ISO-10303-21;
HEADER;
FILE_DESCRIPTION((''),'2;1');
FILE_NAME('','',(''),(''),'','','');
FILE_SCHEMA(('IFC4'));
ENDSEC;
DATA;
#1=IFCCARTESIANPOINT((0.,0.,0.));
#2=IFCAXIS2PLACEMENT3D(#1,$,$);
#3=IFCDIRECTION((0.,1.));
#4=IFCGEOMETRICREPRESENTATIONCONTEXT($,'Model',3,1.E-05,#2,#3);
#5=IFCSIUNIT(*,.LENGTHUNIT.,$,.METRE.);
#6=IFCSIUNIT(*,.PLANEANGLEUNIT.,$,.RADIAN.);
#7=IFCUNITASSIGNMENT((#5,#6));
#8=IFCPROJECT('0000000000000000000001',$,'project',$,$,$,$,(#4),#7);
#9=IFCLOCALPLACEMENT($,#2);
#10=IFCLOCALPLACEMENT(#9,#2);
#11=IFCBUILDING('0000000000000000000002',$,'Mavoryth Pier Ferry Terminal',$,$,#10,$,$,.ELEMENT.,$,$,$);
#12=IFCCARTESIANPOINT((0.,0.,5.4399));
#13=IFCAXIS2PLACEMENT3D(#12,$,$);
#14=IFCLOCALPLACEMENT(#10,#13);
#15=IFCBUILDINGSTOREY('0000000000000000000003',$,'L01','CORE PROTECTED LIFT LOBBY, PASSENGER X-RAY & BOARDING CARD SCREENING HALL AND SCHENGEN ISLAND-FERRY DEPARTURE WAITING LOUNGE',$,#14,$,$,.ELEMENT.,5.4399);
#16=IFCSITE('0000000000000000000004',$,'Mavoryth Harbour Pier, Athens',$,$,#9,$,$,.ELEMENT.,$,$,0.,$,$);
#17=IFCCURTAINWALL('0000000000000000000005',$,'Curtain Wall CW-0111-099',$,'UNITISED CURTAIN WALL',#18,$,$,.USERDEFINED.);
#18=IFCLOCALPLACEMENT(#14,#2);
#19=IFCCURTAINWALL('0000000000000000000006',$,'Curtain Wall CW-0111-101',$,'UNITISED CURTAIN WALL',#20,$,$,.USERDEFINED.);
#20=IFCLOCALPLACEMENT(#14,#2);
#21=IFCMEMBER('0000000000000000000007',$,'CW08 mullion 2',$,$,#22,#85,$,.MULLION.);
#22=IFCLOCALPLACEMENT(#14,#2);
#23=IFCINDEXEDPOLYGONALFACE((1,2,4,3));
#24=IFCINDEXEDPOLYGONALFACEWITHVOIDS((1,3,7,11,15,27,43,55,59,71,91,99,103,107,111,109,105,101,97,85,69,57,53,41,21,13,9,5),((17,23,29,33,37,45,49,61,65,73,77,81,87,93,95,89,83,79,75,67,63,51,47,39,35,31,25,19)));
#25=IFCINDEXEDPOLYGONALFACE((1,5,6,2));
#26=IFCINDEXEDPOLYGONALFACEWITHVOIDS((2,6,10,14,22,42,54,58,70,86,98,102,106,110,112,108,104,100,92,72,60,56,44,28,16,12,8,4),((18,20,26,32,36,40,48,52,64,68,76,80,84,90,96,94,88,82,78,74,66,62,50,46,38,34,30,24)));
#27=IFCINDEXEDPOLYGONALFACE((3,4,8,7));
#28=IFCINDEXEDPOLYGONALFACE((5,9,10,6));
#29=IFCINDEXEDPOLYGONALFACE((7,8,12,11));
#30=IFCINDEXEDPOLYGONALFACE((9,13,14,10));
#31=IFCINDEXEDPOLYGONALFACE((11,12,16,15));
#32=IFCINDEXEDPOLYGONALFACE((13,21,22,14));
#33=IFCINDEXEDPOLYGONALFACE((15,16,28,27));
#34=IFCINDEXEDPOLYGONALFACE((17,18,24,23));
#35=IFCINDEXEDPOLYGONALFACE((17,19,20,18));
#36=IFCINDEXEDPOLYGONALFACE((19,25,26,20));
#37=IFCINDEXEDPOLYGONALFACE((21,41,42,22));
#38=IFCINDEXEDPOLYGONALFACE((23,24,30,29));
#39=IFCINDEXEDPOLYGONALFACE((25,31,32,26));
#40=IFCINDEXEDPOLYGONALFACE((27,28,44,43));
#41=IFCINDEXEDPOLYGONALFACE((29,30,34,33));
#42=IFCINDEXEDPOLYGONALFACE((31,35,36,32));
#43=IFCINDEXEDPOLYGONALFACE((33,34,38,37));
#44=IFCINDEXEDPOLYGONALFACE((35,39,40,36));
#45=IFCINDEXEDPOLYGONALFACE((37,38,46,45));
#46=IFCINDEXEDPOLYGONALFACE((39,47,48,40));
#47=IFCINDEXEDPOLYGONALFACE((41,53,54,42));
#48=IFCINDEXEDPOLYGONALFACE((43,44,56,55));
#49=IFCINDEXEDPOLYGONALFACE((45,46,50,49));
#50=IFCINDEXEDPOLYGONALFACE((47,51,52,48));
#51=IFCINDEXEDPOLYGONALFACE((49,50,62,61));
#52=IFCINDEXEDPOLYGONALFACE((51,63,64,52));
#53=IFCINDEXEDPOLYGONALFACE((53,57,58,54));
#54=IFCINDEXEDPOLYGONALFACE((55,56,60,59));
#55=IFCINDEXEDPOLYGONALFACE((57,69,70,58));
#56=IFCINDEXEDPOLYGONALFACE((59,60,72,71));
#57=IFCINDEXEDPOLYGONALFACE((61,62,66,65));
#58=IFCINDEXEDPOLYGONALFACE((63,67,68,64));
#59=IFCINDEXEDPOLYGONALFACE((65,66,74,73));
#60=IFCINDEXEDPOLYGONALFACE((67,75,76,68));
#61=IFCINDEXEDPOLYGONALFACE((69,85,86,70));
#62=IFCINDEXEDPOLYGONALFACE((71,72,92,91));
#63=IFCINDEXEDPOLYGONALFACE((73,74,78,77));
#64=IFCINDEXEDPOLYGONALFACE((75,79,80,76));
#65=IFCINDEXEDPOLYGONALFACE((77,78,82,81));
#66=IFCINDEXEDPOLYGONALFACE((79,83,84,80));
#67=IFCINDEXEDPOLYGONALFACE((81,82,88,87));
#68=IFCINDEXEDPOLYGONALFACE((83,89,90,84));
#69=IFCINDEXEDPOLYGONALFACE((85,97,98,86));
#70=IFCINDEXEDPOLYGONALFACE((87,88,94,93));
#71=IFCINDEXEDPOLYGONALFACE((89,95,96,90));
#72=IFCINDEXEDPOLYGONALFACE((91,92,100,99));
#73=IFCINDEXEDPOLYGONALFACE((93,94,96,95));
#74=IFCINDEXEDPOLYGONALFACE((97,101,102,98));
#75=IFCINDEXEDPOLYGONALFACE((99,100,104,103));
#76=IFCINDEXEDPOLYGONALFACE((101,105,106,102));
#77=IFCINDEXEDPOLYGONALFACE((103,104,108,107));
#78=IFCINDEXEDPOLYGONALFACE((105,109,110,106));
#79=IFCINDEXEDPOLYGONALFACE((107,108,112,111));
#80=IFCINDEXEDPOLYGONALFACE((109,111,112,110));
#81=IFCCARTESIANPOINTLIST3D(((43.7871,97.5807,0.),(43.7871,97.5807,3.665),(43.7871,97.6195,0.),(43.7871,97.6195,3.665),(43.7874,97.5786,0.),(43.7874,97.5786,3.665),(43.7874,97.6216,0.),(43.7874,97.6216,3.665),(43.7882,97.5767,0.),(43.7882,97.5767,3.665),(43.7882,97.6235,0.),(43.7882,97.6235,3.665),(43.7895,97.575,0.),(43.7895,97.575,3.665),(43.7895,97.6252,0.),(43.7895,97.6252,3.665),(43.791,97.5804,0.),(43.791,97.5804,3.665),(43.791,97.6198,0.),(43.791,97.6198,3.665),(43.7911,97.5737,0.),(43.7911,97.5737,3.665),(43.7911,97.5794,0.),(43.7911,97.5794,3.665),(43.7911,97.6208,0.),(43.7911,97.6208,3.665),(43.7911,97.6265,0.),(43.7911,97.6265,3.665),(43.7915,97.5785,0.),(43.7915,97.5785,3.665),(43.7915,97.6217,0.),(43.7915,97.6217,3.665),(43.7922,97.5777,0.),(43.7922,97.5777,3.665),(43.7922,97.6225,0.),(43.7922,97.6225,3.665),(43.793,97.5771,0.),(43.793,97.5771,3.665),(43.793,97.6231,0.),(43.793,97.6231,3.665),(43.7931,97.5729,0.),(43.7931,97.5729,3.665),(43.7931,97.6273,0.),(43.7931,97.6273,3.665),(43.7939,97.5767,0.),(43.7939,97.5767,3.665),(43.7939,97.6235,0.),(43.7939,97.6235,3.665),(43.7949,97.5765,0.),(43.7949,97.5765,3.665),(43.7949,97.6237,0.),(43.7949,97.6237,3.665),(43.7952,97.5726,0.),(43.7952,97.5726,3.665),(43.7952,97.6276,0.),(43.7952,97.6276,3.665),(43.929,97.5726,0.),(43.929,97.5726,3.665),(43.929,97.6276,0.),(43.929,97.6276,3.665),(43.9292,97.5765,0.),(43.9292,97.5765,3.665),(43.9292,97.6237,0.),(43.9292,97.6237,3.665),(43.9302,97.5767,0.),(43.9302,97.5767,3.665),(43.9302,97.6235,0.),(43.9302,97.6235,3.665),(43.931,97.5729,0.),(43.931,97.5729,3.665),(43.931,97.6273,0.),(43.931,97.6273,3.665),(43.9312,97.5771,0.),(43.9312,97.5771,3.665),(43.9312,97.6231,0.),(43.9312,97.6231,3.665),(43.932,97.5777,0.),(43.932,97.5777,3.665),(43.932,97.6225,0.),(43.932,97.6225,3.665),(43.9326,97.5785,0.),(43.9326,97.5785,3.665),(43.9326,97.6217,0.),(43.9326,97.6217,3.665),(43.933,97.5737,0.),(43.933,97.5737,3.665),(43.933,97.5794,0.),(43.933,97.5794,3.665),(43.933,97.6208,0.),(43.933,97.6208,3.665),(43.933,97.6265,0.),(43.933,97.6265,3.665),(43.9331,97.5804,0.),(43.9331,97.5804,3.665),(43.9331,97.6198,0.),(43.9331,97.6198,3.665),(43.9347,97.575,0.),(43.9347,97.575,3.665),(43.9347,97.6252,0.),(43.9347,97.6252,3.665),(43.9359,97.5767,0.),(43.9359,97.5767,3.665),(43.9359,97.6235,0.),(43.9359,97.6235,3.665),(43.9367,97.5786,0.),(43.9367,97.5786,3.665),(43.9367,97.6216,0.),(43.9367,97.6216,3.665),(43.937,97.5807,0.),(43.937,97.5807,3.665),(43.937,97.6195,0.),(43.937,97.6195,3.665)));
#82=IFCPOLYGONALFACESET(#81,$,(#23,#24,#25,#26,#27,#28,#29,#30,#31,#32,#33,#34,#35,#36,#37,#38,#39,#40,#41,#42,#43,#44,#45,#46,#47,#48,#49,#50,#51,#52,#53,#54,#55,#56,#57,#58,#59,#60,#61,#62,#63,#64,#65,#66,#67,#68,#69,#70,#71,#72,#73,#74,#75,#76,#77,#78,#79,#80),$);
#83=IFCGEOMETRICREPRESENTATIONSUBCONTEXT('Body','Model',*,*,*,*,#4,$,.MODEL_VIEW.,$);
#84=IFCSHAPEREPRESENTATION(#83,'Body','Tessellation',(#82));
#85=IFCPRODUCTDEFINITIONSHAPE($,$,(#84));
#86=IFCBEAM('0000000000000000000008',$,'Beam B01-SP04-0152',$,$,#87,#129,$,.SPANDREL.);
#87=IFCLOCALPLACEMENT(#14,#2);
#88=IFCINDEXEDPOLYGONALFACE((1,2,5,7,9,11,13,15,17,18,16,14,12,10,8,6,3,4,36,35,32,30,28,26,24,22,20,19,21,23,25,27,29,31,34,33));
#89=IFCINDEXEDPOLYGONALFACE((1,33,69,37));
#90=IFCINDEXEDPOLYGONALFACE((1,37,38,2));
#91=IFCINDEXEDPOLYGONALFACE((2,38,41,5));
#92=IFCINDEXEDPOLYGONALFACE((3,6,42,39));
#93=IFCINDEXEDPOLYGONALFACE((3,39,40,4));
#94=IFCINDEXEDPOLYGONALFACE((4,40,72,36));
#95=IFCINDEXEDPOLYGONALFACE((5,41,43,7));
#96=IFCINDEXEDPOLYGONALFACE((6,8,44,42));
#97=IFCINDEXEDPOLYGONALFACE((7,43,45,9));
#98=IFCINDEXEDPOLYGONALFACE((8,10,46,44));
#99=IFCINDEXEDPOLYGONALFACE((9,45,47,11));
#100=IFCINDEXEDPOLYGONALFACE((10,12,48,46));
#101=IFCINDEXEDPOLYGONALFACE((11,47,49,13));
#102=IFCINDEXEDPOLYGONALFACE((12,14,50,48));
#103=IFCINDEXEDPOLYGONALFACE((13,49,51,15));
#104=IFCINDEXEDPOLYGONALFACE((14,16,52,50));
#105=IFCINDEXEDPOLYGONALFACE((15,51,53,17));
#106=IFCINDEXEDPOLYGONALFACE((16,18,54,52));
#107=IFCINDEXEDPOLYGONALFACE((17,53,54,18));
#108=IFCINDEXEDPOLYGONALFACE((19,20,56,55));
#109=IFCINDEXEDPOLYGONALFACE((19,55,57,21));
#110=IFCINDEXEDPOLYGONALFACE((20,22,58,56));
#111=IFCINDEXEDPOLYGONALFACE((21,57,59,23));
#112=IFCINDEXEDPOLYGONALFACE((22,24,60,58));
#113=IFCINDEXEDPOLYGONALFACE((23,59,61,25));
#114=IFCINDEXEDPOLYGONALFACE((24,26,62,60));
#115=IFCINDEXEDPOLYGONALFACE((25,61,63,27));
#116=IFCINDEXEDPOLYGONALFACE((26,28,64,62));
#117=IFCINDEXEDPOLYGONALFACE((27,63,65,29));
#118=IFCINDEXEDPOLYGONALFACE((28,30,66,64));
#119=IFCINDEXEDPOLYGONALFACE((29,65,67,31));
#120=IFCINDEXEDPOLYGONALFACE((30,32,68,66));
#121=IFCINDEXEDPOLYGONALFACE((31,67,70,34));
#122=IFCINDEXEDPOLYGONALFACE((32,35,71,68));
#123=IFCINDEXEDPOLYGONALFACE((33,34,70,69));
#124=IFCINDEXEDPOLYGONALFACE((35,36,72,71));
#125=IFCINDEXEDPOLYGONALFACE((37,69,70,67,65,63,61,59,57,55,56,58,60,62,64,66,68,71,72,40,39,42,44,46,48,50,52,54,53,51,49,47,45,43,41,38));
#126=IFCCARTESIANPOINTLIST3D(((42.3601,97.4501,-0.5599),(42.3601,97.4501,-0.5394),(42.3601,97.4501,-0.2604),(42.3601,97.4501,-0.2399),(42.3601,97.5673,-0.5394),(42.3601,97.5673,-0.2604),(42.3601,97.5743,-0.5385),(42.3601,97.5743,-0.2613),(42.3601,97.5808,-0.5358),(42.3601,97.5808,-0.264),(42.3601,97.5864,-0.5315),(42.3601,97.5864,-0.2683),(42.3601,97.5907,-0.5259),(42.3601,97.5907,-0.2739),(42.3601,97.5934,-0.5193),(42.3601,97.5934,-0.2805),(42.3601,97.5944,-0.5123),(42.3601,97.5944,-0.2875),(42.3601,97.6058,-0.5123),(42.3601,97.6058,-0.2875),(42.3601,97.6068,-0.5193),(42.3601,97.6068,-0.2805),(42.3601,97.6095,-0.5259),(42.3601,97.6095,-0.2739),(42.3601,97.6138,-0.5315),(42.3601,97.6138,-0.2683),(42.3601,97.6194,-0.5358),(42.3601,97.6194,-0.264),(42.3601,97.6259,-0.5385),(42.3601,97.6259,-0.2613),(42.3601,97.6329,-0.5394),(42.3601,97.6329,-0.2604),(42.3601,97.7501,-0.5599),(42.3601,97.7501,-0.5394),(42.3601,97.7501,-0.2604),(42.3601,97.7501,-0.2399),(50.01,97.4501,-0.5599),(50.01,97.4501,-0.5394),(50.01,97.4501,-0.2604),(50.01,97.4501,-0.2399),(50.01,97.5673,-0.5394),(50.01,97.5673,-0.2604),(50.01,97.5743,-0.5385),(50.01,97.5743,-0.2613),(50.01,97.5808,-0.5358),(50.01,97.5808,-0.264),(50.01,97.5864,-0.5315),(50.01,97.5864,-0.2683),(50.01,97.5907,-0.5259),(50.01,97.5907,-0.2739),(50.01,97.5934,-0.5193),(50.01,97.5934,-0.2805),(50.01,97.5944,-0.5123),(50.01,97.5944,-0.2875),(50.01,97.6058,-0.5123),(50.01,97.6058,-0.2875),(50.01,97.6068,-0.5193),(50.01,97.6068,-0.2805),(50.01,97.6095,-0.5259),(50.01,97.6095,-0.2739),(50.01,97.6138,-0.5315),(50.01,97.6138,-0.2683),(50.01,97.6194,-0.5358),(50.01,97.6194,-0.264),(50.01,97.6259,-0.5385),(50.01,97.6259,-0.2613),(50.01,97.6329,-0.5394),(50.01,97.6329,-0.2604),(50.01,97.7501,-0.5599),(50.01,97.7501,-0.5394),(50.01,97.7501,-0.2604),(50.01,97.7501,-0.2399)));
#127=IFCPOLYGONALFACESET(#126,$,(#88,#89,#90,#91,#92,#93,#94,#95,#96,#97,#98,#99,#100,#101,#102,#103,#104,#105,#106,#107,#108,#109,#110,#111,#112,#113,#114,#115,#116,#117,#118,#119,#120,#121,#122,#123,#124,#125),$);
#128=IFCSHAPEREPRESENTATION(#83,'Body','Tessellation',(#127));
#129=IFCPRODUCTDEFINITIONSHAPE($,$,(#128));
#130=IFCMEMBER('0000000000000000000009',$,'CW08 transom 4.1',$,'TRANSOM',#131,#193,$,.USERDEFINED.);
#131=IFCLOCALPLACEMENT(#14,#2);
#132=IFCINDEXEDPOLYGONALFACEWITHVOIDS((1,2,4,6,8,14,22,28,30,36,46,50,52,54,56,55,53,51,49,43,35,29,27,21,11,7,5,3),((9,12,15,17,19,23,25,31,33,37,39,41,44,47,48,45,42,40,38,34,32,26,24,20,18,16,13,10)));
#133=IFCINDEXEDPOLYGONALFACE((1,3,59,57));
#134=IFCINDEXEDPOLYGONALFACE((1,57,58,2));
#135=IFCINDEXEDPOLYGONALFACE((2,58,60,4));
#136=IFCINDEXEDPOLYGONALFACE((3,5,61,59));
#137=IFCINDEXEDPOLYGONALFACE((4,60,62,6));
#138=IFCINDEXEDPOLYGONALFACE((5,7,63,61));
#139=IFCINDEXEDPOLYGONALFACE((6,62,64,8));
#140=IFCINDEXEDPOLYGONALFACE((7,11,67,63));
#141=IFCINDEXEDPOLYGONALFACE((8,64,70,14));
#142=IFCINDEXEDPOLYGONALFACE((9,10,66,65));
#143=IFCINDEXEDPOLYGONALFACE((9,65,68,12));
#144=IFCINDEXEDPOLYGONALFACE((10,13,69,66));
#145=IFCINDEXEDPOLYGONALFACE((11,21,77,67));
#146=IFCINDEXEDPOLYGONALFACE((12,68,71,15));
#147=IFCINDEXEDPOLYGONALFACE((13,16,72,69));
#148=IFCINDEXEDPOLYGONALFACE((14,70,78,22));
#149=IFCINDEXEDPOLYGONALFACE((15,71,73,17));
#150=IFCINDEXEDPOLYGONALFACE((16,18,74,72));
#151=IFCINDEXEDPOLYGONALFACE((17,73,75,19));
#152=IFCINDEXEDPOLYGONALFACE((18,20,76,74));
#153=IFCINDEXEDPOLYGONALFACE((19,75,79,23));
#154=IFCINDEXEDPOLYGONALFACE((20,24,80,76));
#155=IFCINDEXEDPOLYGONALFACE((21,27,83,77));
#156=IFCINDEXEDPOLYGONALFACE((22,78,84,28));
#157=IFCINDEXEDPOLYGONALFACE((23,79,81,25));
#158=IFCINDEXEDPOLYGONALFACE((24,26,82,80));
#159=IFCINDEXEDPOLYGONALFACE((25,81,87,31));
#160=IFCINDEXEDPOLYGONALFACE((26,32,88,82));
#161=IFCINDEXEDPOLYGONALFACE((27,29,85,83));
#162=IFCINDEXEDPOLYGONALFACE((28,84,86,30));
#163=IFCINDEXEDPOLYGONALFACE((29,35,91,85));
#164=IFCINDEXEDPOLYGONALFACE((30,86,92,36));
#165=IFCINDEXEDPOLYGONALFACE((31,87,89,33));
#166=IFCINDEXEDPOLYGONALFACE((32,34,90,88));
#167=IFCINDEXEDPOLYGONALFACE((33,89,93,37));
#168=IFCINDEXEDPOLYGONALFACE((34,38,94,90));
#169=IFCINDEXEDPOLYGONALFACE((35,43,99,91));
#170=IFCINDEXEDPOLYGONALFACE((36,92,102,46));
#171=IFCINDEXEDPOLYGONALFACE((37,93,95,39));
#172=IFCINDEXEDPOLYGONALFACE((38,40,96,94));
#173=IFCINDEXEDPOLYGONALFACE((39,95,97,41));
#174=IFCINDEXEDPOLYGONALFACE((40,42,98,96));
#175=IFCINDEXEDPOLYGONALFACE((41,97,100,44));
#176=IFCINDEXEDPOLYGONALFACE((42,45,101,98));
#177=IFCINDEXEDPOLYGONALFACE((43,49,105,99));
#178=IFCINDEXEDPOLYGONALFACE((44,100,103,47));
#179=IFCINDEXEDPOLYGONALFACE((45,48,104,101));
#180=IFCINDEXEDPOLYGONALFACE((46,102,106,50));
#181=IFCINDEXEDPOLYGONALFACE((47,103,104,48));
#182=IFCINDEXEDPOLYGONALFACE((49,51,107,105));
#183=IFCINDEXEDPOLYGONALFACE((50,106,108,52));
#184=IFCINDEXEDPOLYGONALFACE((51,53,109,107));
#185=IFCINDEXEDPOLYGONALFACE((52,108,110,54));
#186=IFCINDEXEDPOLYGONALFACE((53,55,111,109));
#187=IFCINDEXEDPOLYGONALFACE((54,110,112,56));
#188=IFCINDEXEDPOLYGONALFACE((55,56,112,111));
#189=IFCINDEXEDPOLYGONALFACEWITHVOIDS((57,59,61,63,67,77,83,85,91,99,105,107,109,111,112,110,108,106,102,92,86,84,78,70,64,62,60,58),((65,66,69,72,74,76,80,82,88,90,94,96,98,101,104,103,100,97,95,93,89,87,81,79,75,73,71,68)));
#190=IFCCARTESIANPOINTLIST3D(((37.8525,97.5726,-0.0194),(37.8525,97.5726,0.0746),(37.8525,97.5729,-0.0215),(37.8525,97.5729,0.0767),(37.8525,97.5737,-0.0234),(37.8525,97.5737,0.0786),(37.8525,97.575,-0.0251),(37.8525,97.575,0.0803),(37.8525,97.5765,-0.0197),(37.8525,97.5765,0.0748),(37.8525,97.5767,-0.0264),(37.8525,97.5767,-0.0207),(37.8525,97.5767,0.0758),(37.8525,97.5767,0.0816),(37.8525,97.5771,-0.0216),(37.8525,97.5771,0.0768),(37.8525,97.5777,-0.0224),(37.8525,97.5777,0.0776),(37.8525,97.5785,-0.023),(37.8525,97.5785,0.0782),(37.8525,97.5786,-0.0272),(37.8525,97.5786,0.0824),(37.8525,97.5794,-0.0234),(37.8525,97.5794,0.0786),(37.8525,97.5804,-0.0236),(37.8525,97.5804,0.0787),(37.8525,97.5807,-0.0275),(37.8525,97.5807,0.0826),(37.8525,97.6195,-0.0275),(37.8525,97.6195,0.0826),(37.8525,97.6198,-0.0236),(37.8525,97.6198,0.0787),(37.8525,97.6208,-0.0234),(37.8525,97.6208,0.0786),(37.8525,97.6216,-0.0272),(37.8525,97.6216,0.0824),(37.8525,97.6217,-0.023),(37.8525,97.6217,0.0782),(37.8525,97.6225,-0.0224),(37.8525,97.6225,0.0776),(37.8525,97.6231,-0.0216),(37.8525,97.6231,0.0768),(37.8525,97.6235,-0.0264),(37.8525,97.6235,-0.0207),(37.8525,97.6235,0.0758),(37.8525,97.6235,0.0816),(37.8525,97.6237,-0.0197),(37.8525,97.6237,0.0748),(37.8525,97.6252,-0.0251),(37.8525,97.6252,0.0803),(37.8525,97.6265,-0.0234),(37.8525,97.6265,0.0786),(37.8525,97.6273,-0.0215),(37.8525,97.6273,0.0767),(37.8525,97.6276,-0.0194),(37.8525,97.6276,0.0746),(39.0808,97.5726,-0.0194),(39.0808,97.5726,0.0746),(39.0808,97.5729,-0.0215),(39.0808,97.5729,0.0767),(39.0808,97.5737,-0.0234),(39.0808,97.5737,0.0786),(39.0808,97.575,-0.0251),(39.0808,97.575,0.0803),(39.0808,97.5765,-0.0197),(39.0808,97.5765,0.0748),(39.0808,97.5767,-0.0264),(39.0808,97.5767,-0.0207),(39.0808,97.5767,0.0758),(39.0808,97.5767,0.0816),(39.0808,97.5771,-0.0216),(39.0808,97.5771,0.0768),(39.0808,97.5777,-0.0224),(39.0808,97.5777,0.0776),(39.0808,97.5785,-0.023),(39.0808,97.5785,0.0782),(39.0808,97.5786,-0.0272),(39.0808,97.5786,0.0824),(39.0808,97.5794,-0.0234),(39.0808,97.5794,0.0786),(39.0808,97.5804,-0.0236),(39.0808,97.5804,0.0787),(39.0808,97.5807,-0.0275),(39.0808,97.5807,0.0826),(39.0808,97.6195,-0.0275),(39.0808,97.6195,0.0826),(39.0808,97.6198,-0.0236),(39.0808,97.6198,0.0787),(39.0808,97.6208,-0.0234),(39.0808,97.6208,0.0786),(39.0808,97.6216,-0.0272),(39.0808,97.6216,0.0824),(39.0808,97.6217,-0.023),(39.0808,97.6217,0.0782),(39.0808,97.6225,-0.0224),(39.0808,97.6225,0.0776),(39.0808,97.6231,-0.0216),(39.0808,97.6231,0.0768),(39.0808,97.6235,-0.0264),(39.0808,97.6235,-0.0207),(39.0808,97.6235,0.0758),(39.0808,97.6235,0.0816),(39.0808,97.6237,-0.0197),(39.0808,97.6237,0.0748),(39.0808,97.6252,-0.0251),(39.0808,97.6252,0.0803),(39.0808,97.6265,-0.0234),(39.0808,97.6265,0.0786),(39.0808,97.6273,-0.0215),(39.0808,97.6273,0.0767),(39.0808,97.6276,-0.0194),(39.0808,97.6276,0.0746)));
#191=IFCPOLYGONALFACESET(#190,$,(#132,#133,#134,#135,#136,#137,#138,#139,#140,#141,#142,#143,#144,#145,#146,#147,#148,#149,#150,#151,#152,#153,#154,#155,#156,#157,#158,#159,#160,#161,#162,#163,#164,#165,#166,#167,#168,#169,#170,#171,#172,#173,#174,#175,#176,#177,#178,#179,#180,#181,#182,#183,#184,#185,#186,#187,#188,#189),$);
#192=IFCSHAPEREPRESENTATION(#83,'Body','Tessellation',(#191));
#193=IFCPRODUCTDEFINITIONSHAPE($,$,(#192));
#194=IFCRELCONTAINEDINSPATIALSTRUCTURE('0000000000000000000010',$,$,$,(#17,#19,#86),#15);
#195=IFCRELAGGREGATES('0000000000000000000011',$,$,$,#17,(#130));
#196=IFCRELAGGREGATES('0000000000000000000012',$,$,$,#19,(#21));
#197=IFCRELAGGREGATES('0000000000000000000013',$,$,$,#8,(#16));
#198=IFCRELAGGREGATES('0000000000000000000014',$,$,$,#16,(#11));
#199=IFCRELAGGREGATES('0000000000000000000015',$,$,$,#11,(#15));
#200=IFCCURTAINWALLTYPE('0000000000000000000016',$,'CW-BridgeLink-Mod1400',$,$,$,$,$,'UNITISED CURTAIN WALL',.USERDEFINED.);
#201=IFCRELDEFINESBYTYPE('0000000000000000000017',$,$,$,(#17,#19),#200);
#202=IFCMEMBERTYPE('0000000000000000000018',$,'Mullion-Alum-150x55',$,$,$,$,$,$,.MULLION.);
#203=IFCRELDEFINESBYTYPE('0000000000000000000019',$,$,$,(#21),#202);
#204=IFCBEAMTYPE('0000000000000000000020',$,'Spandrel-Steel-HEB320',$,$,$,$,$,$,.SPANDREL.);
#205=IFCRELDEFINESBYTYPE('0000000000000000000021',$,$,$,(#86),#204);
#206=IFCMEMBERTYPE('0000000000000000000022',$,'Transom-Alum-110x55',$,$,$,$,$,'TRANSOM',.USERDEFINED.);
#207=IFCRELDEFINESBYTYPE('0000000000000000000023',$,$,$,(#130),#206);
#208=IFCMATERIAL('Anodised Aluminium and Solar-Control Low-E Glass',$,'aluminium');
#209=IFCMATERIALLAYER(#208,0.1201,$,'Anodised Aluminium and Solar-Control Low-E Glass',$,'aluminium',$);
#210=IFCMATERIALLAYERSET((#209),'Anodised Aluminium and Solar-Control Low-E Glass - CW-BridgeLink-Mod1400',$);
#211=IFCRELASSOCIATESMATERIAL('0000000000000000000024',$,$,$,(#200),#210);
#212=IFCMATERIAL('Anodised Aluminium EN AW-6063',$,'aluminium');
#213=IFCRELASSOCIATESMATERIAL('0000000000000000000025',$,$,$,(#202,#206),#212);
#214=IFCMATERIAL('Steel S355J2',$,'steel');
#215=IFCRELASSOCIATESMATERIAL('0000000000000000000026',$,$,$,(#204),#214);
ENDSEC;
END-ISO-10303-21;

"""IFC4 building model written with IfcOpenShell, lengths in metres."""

from ifc_helpers import new_model, si_unit, direction, frame, origin, origin_2d, place, context, subcontext, project, spatial, hollow_rectangle, i_section, extrude, material, layer, layer_set, material_profile, profile_set, type_object, element, aggregate, save


model = new_model("IFC4")

# Units and contexts
model_context = context("Model", 3, precision=1e-05, world=origin(), true_north=direction((0.0, 1.0)))
body_context = subcontext(model_context, "Body", "Model", "MODEL_VIEW")
ifc_project = project(units=[si_unit("LENGTHUNIT", "METRE"), si_unit("PLANEANGLEUNIT", "RADIAN")], contexts=[model_context])

# Site, building, storey
site_placement = place(None, origin())
site = spatial("IfcSite", under=ifc_project, at=site_placement, Name="Mavoryth Harbour Pier, Athens", CompositionType="ELEMENT", RefElevation=0.0)
building_placement = place(site_placement, origin())
building = spatial("IfcBuilding", under=site, at=building_placement, Name="Mavoryth Pier Ferry Terminal", CompositionType="ELEMENT")
storey_placement = place(building_placement, frame((0.0, 0.0, 5.4399)))
storey = spatial("IfcBuildingStorey", under=building, at=storey_placement, Name="L01", Description="CORE PROTECTED LIFT LOBBY, PASSENGER X-RAY & BOARDING CARD SCREENING HALL AND SCHENGEN ISLAND-FERRY DEPARTURE WAITING LOUNGE", CompositionType="ELEMENT", Elevation=5.4399)

# Curtain walls, member
ifc_material_1 = material(Name="Anodised Aluminium and Solar-Control Low-E Glass", Category="aluminium")
ifc_layer_1 = layer(ifc_material_1, 0.1201, Name="Anodised Aluminium and Solar-Control Low-E Glass", Category="aluminium")
ifc_layer_set_1 = layer_set([ifc_layer_1], Name="Anodised Aluminium and Solar-Control Low-E Glass - CW-BridgeLink-Mod1400")
curtain_wall_type = type_object("IfcCurtainWallType", Name="CW-BridgeLink-Mod1400", ElementType="UNITISED CURTAIN WALL", PredefinedType="USERDEFINED", material=ifc_layer_set_1)
curtain_wall_1_placement = place(storey_placement, origin())
curtain_wall_1 = element("IfcCurtainWall", 1, at=curtain_wall_1_placement, inside=storey, type_object=curtain_wall_type, Name="Curtain Wall CW-0111-099", ObjectType="UNITISED CURTAIN WALL", PredefinedType="USERDEFINED")
ifc_material_2 = material(Name="Anodised Aluminium EN AW-6063", Category="aluminium")
ifc_material_profile_1 = material_profile(ifc_material_2, hollow_rectangle(XDim=0.0549, YDim=0.1499, WallThickness=0.0039, InnerFilletRadius=0.0039, OuterFilletRadius=0.0081, at=origin_2d()), Name="AL-MULL 150x55x4", Category="aluminium")
ifc_profile_set_1 = profile_set([ifc_material_profile_1], Name="Anodised Aluminium EN AW-6063 - AL-MULL 150x55x4")
member_type_1 = type_object("IfcMemberType", Name="Mullion-Alum-150x55", PredefinedType="MULLION", material=ifc_profile_set_1)
curtain_wall_2_placement = place(storey_placement, origin())
curtain_wall_2 = element("IfcCurtainWall", 2, at=curtain_wall_2_placement, inside=storey, type_object=curtain_wall_type, Name="Curtain Wall CW-0111-101", ObjectType="UNITISED CURTAIN WALL", PredefinedType="USERDEFINED")
member_1_placement = place(storey_placement, frame((43.8621, 97.6001, 0.0), z_axis=(0.0, 0.0, 1.0), x_axis=(0.0, 1.0, 0.0)))
member_1 = element("IfcMember", 3, at=member_1_placement, type_object=member_type_1, Name="CW08 mullion 2", PredefinedType="MULLION", context=body_context, shape_type="SweptSolid", body=[
    extrude(hollow_rectangle(XDim=0.0549, YDim=0.1499, WallThickness=0.0039, InnerFilletRadius=0.0039, OuterFilletRadius=0.0081, at=origin_2d()), origin(), (0.0, 0.0, 1.0), 3.665),
])

# Beam
ifc_material_3 = material(Name="Steel S355J2", Category="steel")
ifc_material_profile_2 = material_profile(ifc_material_3, i_section(OverallWidth=0.3, OverallDepth=0.3201, WebThickness=0.0115, FlangeThickness=0.0205, FilletRadius=0.0271, at=origin_2d()), Name="HEB 320", Category="steel")
ifc_profile_set_2 = profile_set([ifc_material_profile_2], Name="Steel S355J2 - HEB 320")
beam_type = type_object("IfcBeamType", Name="Spandrel-Steel-HEB320", PredefinedType="SPANDREL", material=ifc_profile_set_2)
beam_placement = place(storey_placement, frame((42.3601, 97.6001, -0.3999), z_axis=(1.0, 0.0, 0.0), x_axis=(0.0, 1.0, 0.0)))
element("IfcBeam", 4, at=beam_placement, inside=storey, type_object=beam_type, Name="Beam B01-SP04-0152", PredefinedType="SPANDREL", context=body_context, shape_type="SweptSolid", body=[
    extrude(i_section(OverallWidth=0.3, OverallDepth=0.3201, WebThickness=0.0115, FlangeThickness=0.0205, FilletRadius=0.0271, at=origin_2d()), origin(), (0.0, 0.0, 1.0), 7.6499),
])

# Member
ifc_material_profile_3 = material_profile(ifc_material_2, hollow_rectangle(XDim=0.0549, YDim=0.1101, WallThickness=0.0039, InnerFilletRadius=0.0039, OuterFilletRadius=0.0081, at=origin_2d()), Name="AL-TRAN 110x55x4", Category="aluminium")
ifc_profile_set_3 = profile_set([ifc_material_profile_3], Name="Anodised Aluminium EN AW-6063 - AL-TRAN 110x55x4")
member_type_2 = type_object("IfcMemberType", Name="Transom-Alum-110x55", ElementType="TRANSOM", PredefinedType="USERDEFINED", material=ifc_profile_set_3)
member_2_placement = place(storey_placement, frame((37.8525, 97.6001, 0.0276), z_axis=(1.0, 0.0, 0.0), x_axis=(0.0, 1.0, 0.0)))
member_2 = element("IfcMember", 5, at=member_2_placement, type_object=member_type_2, Name="CW08 transom 4.1", ObjectType="TRANSOM", PredefinedType="USERDEFINED", context=body_context, shape_type="SweptSolid", body=[
    extrude(hollow_rectangle(XDim=0.0549, YDim=0.1101, WallThickness=0.0039, InnerFilletRadius=0.0039, OuterFilletRadius=0.0081, at=origin_2d()), origin(), (0.0, 0.0, 1.0), 1.2283),
])

aggregate(curtain_wall_1, [member_2])
aggregate(curtain_wall_2, [member_1])

save(model, "model.ifc")
